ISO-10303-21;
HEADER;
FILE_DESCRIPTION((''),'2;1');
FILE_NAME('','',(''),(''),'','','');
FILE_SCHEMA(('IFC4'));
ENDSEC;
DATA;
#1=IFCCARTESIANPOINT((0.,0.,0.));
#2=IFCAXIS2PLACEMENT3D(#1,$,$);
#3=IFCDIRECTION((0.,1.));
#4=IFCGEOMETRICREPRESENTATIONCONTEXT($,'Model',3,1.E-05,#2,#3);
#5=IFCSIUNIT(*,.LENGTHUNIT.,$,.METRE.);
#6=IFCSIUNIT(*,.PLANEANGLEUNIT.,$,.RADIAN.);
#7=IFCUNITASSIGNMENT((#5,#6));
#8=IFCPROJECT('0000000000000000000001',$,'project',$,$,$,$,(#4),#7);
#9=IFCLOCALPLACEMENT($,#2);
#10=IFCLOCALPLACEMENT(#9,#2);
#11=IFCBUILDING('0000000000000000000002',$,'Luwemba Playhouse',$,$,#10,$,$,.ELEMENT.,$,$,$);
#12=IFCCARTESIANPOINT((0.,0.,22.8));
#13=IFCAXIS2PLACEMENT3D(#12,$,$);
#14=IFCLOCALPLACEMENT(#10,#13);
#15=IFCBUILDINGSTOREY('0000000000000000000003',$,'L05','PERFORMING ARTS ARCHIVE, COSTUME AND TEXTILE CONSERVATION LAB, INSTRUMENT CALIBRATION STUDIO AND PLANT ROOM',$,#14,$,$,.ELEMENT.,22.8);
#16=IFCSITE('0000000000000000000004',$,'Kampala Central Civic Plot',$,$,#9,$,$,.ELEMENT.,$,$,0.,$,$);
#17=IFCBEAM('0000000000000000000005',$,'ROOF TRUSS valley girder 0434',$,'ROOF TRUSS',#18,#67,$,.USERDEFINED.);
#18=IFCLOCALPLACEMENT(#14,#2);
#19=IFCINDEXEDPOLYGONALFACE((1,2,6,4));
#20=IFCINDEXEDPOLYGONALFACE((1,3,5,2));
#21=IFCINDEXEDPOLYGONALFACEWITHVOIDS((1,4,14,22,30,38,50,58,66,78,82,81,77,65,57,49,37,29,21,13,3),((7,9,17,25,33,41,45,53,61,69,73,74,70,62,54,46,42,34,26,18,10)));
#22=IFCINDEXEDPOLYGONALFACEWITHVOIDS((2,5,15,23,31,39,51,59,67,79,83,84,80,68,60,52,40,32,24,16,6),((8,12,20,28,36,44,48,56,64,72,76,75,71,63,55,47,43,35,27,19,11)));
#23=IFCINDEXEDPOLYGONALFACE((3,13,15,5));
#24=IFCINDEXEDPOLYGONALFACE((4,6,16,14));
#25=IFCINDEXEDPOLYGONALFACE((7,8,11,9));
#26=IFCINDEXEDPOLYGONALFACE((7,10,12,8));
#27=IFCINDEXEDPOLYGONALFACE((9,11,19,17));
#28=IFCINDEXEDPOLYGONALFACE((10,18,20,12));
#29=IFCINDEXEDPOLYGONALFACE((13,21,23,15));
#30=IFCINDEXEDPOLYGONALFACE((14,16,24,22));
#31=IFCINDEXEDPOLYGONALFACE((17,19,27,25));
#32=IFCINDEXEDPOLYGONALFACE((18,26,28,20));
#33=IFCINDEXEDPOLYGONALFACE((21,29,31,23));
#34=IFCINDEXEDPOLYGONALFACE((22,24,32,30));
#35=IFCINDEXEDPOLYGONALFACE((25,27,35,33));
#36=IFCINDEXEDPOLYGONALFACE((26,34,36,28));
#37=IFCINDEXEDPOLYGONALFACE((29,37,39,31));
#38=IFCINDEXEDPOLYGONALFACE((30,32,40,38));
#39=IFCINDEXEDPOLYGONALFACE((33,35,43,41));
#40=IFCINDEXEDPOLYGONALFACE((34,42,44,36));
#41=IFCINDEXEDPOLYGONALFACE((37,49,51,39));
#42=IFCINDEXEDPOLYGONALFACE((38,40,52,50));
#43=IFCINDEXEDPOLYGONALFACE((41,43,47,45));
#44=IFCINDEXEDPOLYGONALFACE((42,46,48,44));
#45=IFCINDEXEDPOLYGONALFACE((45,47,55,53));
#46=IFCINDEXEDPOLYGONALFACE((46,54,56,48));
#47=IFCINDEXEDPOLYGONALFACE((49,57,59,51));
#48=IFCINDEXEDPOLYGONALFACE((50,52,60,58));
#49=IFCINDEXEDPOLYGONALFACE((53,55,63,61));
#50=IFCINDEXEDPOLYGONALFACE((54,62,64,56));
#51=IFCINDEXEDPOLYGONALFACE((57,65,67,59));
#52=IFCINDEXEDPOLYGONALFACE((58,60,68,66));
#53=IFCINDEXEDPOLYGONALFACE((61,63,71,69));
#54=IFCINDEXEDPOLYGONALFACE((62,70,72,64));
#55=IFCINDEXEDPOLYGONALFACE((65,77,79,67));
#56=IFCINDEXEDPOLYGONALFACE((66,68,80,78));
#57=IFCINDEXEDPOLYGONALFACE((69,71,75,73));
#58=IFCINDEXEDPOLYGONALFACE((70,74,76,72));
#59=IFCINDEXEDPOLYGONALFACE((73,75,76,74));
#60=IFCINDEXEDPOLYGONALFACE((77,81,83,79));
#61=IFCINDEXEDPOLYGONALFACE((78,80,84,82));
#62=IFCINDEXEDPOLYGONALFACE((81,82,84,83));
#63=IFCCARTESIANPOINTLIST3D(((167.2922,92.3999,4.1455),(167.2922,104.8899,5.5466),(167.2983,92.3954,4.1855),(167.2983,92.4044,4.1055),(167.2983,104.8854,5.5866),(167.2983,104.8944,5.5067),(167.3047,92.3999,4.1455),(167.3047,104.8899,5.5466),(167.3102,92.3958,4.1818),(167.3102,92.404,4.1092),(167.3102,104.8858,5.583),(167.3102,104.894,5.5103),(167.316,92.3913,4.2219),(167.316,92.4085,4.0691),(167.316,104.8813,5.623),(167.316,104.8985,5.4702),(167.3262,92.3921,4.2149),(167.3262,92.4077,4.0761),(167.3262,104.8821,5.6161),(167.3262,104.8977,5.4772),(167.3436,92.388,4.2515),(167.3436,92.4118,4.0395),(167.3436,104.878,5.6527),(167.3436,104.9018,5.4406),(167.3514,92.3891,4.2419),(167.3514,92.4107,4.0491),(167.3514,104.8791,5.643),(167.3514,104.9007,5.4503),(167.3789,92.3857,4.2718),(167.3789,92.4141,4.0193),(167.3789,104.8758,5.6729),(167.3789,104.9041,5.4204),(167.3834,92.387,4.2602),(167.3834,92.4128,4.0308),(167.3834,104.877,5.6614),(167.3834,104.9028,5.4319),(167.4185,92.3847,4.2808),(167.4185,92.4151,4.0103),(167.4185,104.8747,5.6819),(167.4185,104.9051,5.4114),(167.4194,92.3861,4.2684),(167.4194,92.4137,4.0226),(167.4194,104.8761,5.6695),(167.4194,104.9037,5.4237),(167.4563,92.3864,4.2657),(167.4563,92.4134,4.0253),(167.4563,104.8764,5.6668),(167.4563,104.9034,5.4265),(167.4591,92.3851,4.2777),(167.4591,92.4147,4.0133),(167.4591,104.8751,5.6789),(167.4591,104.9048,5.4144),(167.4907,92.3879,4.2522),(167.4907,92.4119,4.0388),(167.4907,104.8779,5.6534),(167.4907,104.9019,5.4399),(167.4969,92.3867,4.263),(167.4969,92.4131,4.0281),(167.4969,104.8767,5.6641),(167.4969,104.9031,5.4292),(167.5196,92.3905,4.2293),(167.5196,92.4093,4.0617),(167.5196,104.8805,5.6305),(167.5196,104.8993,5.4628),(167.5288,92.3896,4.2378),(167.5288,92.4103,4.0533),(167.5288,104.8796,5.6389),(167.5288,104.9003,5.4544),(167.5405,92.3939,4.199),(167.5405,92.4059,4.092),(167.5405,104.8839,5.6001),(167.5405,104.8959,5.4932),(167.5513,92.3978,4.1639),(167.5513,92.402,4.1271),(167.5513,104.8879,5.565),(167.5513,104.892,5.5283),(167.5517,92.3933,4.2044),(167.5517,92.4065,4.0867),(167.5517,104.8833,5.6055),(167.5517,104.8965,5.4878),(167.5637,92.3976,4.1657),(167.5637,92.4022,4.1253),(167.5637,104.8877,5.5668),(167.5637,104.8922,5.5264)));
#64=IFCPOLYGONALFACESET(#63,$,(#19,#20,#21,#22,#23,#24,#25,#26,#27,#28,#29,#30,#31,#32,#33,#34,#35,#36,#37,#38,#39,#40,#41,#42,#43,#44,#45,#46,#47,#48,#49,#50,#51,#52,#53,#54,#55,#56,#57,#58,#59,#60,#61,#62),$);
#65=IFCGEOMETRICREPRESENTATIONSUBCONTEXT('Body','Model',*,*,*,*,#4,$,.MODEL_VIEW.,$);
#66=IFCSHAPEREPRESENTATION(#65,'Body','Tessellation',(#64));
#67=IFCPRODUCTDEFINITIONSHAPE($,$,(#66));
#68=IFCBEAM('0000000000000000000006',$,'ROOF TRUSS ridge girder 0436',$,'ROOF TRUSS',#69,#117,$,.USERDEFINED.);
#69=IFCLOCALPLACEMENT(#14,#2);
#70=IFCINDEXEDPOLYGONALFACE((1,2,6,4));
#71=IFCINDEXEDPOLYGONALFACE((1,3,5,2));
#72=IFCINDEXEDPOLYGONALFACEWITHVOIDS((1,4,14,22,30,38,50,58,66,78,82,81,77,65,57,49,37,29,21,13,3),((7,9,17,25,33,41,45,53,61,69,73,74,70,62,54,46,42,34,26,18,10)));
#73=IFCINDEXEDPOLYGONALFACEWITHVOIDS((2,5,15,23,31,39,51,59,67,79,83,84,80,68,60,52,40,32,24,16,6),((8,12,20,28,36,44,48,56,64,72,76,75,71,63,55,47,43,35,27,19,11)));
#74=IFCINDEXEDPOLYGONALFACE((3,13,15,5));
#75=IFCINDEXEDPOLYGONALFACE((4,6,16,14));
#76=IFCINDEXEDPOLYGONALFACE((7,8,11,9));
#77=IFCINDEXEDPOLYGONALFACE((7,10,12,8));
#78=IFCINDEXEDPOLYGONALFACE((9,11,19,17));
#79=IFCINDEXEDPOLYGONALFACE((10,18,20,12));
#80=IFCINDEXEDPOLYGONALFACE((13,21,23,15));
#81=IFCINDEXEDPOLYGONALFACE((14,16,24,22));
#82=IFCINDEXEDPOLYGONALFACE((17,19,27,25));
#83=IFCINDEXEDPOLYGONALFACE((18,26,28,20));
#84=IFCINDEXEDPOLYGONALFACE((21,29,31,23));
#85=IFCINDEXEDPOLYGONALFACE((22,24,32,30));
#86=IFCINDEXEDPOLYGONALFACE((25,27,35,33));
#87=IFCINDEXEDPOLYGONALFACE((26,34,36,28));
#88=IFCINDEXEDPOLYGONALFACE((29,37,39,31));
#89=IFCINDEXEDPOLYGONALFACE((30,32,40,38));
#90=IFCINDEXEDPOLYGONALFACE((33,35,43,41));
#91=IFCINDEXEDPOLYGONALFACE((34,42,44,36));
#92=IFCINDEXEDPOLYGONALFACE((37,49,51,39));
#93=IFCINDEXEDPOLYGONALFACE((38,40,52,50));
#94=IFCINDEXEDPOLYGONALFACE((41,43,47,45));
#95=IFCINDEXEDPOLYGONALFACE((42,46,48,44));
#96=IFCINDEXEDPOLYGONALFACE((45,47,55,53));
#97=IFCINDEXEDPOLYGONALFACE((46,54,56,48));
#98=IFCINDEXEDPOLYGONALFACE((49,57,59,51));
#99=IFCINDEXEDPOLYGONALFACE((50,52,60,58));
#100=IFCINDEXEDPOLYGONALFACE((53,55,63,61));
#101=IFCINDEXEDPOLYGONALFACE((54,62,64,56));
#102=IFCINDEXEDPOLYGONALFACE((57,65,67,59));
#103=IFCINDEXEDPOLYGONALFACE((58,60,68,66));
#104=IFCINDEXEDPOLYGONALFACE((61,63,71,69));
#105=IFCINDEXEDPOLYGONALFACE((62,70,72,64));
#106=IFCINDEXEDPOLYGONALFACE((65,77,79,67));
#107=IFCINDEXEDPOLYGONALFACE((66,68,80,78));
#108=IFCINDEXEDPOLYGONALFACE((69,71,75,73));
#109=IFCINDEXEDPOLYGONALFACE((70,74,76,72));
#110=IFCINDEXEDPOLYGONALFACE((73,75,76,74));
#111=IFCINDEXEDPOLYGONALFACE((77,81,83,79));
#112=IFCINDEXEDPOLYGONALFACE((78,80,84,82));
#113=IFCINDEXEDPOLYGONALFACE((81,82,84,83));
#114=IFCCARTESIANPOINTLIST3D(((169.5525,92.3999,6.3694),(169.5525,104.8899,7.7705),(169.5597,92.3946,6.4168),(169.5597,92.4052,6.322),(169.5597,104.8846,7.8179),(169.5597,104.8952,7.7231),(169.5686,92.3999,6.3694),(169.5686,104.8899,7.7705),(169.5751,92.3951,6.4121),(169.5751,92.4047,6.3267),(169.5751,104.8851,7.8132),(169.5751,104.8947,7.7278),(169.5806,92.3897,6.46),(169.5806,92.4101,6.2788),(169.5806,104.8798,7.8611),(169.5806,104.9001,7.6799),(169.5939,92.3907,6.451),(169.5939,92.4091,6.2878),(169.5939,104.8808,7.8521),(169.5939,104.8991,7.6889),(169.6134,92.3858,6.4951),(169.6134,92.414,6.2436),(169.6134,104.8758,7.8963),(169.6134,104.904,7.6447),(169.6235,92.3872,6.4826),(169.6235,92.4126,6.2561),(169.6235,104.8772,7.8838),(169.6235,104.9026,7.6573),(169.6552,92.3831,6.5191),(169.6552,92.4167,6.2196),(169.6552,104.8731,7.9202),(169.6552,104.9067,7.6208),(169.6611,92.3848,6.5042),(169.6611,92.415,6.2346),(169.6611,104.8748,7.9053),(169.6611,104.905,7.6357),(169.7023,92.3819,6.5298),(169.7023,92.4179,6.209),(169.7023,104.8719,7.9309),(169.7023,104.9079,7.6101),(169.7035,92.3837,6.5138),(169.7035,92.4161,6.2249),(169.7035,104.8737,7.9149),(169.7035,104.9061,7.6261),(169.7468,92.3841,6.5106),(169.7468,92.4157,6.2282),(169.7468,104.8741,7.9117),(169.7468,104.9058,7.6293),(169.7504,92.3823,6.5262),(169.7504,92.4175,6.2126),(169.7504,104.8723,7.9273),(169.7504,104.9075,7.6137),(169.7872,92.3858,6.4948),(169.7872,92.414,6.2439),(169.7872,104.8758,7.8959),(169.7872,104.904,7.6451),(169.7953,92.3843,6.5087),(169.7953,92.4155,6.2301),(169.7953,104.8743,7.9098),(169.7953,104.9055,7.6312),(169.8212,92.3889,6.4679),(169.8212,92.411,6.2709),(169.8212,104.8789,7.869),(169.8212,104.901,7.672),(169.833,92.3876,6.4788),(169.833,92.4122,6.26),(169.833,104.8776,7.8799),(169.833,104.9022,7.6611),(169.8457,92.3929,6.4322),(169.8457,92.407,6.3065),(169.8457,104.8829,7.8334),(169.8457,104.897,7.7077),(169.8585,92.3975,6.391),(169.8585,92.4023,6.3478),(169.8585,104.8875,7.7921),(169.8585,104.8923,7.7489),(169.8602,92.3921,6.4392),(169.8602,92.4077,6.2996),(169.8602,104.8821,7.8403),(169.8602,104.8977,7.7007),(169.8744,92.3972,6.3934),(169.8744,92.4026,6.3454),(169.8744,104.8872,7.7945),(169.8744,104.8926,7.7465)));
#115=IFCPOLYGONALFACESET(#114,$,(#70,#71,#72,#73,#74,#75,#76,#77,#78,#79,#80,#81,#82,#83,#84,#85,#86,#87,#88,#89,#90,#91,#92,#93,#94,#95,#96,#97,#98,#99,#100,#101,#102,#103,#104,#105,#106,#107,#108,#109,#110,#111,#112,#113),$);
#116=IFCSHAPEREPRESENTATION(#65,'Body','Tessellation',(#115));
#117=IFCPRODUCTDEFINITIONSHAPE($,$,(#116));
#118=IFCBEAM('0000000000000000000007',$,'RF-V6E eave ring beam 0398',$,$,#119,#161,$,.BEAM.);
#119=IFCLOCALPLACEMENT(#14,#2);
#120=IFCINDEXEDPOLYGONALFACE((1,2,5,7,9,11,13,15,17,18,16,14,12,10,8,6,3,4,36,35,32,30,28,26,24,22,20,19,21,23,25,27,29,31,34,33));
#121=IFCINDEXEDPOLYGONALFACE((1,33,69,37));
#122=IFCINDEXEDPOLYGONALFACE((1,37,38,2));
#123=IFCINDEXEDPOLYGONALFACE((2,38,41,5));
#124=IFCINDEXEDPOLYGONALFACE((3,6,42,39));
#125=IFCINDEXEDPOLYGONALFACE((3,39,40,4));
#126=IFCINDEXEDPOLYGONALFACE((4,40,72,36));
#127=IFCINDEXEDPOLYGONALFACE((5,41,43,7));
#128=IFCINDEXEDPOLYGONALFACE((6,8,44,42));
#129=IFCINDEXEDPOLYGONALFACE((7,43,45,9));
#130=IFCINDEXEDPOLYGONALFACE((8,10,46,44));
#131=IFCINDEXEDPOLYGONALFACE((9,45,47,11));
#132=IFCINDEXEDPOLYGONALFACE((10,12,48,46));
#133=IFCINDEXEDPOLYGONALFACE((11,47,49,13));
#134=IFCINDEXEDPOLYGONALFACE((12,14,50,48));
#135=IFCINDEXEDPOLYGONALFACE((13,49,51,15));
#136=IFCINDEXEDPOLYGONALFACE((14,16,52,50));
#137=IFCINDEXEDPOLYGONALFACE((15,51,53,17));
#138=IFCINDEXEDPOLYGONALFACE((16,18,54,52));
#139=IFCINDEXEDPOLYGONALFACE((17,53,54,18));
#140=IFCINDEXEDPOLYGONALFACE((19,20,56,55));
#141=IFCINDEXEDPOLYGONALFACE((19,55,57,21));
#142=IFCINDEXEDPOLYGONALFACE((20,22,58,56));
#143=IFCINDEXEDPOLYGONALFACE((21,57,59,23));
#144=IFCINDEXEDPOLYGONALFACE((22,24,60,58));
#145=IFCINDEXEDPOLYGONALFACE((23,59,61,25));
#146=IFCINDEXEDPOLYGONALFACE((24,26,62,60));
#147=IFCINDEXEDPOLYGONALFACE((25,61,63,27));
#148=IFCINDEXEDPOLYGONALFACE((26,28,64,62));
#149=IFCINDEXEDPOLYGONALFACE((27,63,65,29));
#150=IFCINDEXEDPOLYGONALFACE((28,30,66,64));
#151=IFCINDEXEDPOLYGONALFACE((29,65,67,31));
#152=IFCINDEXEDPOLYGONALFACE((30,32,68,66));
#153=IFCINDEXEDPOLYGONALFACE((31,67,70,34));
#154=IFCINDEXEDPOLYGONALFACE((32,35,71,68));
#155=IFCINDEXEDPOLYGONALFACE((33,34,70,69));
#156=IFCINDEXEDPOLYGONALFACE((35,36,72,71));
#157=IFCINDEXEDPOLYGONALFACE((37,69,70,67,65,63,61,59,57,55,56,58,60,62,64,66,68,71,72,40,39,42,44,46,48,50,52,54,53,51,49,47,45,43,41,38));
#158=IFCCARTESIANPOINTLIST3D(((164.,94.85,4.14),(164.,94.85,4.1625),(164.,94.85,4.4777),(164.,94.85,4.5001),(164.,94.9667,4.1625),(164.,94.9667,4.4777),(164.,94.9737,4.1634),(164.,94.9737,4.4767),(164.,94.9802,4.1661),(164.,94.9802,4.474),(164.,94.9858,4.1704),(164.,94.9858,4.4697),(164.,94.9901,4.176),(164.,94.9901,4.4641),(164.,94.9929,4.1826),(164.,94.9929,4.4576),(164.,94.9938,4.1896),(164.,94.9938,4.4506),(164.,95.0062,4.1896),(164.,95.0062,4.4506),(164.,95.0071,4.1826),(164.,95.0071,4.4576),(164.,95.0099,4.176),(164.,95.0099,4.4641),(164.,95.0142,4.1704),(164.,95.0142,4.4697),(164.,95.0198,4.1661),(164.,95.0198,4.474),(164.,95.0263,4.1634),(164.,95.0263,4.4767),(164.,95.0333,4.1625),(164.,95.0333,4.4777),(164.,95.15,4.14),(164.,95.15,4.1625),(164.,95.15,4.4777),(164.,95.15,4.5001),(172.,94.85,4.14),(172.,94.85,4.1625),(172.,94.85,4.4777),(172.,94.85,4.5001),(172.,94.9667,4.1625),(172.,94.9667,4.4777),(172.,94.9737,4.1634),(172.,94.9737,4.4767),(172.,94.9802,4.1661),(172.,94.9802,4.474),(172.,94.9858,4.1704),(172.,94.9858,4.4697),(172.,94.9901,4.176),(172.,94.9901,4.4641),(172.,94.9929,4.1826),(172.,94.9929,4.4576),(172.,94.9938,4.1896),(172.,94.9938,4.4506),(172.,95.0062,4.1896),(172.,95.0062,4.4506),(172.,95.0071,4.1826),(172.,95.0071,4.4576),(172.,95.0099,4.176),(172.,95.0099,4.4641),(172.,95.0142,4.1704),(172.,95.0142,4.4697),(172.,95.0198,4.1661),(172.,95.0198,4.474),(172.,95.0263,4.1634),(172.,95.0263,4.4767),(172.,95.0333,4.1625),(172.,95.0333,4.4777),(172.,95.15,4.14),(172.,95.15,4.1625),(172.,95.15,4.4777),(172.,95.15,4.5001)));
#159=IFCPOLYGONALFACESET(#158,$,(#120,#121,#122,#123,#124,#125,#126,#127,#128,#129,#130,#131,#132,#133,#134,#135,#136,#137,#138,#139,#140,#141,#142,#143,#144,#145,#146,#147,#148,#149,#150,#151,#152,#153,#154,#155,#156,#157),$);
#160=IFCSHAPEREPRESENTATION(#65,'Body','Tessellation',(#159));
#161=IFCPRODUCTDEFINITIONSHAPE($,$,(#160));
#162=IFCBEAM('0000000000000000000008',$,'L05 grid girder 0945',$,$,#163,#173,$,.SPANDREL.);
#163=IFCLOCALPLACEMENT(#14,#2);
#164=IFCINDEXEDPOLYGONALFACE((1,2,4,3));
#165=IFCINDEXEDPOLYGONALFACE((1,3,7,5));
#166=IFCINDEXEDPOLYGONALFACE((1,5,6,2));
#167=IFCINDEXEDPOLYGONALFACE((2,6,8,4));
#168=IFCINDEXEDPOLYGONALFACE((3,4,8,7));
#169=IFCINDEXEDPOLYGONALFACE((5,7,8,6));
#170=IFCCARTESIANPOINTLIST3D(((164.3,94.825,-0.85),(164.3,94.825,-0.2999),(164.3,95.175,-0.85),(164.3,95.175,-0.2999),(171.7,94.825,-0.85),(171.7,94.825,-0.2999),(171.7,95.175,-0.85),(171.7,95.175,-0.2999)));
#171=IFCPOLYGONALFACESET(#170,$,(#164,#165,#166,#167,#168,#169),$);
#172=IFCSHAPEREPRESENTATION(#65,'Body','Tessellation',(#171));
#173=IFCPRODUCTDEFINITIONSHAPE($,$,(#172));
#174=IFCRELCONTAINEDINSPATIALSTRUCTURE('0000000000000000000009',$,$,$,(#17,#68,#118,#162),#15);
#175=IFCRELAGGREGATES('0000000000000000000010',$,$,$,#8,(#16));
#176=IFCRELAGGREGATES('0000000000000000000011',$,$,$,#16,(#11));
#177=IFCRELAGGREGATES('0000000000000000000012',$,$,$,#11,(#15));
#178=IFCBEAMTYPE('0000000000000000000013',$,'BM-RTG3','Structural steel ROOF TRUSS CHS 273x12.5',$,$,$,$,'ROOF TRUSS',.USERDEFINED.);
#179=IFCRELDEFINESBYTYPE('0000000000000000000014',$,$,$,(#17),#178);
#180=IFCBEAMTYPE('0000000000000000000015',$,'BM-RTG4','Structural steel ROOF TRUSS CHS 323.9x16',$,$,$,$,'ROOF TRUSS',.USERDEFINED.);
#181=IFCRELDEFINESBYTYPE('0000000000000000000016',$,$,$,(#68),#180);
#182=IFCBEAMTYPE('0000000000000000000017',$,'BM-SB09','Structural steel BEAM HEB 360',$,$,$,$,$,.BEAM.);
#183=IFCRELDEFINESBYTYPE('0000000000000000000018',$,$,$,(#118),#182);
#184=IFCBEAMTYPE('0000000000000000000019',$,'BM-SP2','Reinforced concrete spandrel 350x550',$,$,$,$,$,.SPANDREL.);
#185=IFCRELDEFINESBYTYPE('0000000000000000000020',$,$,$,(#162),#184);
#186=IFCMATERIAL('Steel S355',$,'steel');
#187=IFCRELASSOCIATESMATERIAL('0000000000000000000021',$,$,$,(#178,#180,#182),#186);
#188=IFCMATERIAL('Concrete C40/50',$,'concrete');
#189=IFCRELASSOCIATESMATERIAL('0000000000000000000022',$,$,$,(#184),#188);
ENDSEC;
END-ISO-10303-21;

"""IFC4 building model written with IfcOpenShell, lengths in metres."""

from ifc_helpers import new_model, si_unit, direction, frame, origin, origin_2d, place, context, subcontext, project, spatial, rectangle, hollow_circle, i_section, extrude, material, material_profile, profile_set, type_object, element, save


model = new_model("IFC4")

# Units and contexts
model_context = context("Model", 3, precision=1e-05, world=origin(), true_north=direction((0.0, 1.0)))
body_context = subcontext(model_context, "Body", "Model", "MODEL_VIEW")
ifc_project = project(units=[si_unit("LENGTHUNIT", "METRE"), si_unit("PLANEANGLEUNIT", "RADIAN")], contexts=[model_context])

# Site, building, storey
site_placement = place(None, origin())
site = spatial("IfcSite", under=ifc_project, at=site_placement, Name="Kampala Central Civic Plot", CompositionType="ELEMENT", RefElevation=0.0)
building_placement = place(site_placement, origin())
building = spatial("IfcBuilding", under=site, at=building_placement, Name="Luwemba Playhouse", CompositionType="ELEMENT")
storey_placement = place(building_placement, frame((0.0, 0.0, 22.8)))
storey = spatial("IfcBuildingStorey", under=building, at=storey_placement, Name="L05", Description="PERFORMING ARTS ARCHIVE, COSTUME AND TEXTILE CONSERVATION LAB, INSTRUMENT CALIBRATION STUDIO AND PLANT ROOM", CompositionType="ELEMENT", Elevation=22.8)

# Shared definitions
ifc_material_1 = material(Name="Concrete C40/50", Category="concrete")

# Beams
ifc_material_2 = material(Name="Steel S355", Category="steel")
ifc_material_profile_1 = material_profile(ifc_material_2, hollow_circle(Radius=0.1365, WallThickness=0.0125, at=origin_2d()))
ifc_profile_set_1 = profile_set([ifc_material_profile_1], Name="Steel S355")
beam_type_1 = type_object("IfcBeamType", Name="BM-RTG3", Description="Structural steel ROOF TRUSS CHS 273x12.5", ElementType="ROOF TRUSS", PredefinedType="USERDEFINED", material=ifc_profile_set_1)
beam_1_placement = place(storey_placement, frame((167.4287, 92.3999, 4.1455), z_axis=(0.0, 0.993767, 0.11148), x_axis=(-1.0, 0.0, 0.0)))
element("IfcBeam", 1, at=beam_1_placement, inside=storey, type_object=beam_type_1, Name="ROOF TRUSS valley girder 0434", ObjectType="ROOF TRUSS", PredefinedType="USERDEFINED", context=body_context, shape_type="SweptSolid", body=[
    extrude(hollow_circle(Radius=0.1365, WallThickness=0.0125, at=origin_2d()), origin(), (0.0, 0.0, 1.0), 12.5684),
])
ifc_material_profile_2 = material_profile(ifc_material_2, hollow_circle(Radius=0.1619, WallThickness=0.0161, at=origin_2d()))
ifc_profile_set_2 = profile_set([ifc_material_profile_2], Name="Steel S355")
beam_type_2 = type_object("IfcBeamType", Name="BM-RTG4", Description="Structural steel ROOF TRUSS CHS 323.9x16", ElementType="ROOF TRUSS", PredefinedType="USERDEFINED", material=ifc_profile_set_2)
beam_2_placement = place(storey_placement, frame((169.7144, 92.3999, 6.3694), z_axis=(0.0, 0.993767, 0.11148), x_axis=(-1.0, 0.0, 0.0)))
element("IfcBeam", 2, at=beam_2_placement, inside=storey, type_object=beam_type_2, Name="ROOF TRUSS ridge girder 0436", ObjectType="ROOF TRUSS", PredefinedType="USERDEFINED", context=body_context, shape_type="SweptSolid", body=[
    extrude(hollow_circle(Radius=0.1619, WallThickness=0.0161, at=origin_2d()), origin(), (0.0, 0.0, 1.0), 12.5684),
])
ifc_material_profile_3 = material_profile(ifc_material_2, i_section(OverallWidth=0.3, OverallDepth=0.3601, WebThickness=0.0125, FlangeThickness=0.0225, FilletRadius=0.0271, at=origin_2d()))
ifc_profile_set_3 = profile_set([ifc_material_profile_3], Name="Steel S355")
beam_type_3 = type_object("IfcBeamType", Name="BM-SB09", Description="Structural steel BEAM HEB 360", PredefinedType="BEAM", material=ifc_profile_set_3)
beam_3_placement = place(storey_placement, frame((164.0, 95.0, 4.3201), z_axis=(1.0, 0.0, 0.0), x_axis=(0.0, 1.0, 0.0)))
element("IfcBeam", 3, at=beam_3_placement, inside=storey, type_object=beam_type_3, Name="RF-V6E eave ring beam 0398", PredefinedType="BEAM", context=body_context, shape_type="SweptSolid", body=[
    extrude(i_section(OverallWidth=0.3, OverallDepth=0.3601, WebThickness=0.0125, FlangeThickness=0.0225, FilletRadius=0.0271, at=origin_2d()), origin(), (0.0, 0.0, 1.0), 8.0),
])
ifc_material_profile_4 = material_profile(ifc_material_1, rectangle(XDim=0.3501, YDim=0.55, at=origin_2d()))
ifc_profile_set_4 = profile_set([ifc_material_profile_4], Name="Concrete C40/50")
beam_type_4 = type_object("IfcBeamType", Name="BM-SP2", Description="Reinforced concrete spandrel 350x550", PredefinedType="SPANDREL", material=ifc_profile_set_4)
beam_4_placement = place(storey_placement, frame((164.3, 95.0, -0.575), z_axis=(1.0, 0.0, 0.0), x_axis=(0.0, 1.0, 0.0)))
element("IfcBeam", 4, at=beam_4_placement, inside=storey, type_object=beam_type_4, Name="L05 grid girder 0945", PredefinedType="SPANDREL", context=body_context, shape_type="SweptSolid", body=[
    extrude(rectangle(XDim=0.3501, YDim=0.55, at=origin_2d()), origin(), (0.0, 0.0, 1.0), 7.3999),
])

save(model, "model.ifc")
